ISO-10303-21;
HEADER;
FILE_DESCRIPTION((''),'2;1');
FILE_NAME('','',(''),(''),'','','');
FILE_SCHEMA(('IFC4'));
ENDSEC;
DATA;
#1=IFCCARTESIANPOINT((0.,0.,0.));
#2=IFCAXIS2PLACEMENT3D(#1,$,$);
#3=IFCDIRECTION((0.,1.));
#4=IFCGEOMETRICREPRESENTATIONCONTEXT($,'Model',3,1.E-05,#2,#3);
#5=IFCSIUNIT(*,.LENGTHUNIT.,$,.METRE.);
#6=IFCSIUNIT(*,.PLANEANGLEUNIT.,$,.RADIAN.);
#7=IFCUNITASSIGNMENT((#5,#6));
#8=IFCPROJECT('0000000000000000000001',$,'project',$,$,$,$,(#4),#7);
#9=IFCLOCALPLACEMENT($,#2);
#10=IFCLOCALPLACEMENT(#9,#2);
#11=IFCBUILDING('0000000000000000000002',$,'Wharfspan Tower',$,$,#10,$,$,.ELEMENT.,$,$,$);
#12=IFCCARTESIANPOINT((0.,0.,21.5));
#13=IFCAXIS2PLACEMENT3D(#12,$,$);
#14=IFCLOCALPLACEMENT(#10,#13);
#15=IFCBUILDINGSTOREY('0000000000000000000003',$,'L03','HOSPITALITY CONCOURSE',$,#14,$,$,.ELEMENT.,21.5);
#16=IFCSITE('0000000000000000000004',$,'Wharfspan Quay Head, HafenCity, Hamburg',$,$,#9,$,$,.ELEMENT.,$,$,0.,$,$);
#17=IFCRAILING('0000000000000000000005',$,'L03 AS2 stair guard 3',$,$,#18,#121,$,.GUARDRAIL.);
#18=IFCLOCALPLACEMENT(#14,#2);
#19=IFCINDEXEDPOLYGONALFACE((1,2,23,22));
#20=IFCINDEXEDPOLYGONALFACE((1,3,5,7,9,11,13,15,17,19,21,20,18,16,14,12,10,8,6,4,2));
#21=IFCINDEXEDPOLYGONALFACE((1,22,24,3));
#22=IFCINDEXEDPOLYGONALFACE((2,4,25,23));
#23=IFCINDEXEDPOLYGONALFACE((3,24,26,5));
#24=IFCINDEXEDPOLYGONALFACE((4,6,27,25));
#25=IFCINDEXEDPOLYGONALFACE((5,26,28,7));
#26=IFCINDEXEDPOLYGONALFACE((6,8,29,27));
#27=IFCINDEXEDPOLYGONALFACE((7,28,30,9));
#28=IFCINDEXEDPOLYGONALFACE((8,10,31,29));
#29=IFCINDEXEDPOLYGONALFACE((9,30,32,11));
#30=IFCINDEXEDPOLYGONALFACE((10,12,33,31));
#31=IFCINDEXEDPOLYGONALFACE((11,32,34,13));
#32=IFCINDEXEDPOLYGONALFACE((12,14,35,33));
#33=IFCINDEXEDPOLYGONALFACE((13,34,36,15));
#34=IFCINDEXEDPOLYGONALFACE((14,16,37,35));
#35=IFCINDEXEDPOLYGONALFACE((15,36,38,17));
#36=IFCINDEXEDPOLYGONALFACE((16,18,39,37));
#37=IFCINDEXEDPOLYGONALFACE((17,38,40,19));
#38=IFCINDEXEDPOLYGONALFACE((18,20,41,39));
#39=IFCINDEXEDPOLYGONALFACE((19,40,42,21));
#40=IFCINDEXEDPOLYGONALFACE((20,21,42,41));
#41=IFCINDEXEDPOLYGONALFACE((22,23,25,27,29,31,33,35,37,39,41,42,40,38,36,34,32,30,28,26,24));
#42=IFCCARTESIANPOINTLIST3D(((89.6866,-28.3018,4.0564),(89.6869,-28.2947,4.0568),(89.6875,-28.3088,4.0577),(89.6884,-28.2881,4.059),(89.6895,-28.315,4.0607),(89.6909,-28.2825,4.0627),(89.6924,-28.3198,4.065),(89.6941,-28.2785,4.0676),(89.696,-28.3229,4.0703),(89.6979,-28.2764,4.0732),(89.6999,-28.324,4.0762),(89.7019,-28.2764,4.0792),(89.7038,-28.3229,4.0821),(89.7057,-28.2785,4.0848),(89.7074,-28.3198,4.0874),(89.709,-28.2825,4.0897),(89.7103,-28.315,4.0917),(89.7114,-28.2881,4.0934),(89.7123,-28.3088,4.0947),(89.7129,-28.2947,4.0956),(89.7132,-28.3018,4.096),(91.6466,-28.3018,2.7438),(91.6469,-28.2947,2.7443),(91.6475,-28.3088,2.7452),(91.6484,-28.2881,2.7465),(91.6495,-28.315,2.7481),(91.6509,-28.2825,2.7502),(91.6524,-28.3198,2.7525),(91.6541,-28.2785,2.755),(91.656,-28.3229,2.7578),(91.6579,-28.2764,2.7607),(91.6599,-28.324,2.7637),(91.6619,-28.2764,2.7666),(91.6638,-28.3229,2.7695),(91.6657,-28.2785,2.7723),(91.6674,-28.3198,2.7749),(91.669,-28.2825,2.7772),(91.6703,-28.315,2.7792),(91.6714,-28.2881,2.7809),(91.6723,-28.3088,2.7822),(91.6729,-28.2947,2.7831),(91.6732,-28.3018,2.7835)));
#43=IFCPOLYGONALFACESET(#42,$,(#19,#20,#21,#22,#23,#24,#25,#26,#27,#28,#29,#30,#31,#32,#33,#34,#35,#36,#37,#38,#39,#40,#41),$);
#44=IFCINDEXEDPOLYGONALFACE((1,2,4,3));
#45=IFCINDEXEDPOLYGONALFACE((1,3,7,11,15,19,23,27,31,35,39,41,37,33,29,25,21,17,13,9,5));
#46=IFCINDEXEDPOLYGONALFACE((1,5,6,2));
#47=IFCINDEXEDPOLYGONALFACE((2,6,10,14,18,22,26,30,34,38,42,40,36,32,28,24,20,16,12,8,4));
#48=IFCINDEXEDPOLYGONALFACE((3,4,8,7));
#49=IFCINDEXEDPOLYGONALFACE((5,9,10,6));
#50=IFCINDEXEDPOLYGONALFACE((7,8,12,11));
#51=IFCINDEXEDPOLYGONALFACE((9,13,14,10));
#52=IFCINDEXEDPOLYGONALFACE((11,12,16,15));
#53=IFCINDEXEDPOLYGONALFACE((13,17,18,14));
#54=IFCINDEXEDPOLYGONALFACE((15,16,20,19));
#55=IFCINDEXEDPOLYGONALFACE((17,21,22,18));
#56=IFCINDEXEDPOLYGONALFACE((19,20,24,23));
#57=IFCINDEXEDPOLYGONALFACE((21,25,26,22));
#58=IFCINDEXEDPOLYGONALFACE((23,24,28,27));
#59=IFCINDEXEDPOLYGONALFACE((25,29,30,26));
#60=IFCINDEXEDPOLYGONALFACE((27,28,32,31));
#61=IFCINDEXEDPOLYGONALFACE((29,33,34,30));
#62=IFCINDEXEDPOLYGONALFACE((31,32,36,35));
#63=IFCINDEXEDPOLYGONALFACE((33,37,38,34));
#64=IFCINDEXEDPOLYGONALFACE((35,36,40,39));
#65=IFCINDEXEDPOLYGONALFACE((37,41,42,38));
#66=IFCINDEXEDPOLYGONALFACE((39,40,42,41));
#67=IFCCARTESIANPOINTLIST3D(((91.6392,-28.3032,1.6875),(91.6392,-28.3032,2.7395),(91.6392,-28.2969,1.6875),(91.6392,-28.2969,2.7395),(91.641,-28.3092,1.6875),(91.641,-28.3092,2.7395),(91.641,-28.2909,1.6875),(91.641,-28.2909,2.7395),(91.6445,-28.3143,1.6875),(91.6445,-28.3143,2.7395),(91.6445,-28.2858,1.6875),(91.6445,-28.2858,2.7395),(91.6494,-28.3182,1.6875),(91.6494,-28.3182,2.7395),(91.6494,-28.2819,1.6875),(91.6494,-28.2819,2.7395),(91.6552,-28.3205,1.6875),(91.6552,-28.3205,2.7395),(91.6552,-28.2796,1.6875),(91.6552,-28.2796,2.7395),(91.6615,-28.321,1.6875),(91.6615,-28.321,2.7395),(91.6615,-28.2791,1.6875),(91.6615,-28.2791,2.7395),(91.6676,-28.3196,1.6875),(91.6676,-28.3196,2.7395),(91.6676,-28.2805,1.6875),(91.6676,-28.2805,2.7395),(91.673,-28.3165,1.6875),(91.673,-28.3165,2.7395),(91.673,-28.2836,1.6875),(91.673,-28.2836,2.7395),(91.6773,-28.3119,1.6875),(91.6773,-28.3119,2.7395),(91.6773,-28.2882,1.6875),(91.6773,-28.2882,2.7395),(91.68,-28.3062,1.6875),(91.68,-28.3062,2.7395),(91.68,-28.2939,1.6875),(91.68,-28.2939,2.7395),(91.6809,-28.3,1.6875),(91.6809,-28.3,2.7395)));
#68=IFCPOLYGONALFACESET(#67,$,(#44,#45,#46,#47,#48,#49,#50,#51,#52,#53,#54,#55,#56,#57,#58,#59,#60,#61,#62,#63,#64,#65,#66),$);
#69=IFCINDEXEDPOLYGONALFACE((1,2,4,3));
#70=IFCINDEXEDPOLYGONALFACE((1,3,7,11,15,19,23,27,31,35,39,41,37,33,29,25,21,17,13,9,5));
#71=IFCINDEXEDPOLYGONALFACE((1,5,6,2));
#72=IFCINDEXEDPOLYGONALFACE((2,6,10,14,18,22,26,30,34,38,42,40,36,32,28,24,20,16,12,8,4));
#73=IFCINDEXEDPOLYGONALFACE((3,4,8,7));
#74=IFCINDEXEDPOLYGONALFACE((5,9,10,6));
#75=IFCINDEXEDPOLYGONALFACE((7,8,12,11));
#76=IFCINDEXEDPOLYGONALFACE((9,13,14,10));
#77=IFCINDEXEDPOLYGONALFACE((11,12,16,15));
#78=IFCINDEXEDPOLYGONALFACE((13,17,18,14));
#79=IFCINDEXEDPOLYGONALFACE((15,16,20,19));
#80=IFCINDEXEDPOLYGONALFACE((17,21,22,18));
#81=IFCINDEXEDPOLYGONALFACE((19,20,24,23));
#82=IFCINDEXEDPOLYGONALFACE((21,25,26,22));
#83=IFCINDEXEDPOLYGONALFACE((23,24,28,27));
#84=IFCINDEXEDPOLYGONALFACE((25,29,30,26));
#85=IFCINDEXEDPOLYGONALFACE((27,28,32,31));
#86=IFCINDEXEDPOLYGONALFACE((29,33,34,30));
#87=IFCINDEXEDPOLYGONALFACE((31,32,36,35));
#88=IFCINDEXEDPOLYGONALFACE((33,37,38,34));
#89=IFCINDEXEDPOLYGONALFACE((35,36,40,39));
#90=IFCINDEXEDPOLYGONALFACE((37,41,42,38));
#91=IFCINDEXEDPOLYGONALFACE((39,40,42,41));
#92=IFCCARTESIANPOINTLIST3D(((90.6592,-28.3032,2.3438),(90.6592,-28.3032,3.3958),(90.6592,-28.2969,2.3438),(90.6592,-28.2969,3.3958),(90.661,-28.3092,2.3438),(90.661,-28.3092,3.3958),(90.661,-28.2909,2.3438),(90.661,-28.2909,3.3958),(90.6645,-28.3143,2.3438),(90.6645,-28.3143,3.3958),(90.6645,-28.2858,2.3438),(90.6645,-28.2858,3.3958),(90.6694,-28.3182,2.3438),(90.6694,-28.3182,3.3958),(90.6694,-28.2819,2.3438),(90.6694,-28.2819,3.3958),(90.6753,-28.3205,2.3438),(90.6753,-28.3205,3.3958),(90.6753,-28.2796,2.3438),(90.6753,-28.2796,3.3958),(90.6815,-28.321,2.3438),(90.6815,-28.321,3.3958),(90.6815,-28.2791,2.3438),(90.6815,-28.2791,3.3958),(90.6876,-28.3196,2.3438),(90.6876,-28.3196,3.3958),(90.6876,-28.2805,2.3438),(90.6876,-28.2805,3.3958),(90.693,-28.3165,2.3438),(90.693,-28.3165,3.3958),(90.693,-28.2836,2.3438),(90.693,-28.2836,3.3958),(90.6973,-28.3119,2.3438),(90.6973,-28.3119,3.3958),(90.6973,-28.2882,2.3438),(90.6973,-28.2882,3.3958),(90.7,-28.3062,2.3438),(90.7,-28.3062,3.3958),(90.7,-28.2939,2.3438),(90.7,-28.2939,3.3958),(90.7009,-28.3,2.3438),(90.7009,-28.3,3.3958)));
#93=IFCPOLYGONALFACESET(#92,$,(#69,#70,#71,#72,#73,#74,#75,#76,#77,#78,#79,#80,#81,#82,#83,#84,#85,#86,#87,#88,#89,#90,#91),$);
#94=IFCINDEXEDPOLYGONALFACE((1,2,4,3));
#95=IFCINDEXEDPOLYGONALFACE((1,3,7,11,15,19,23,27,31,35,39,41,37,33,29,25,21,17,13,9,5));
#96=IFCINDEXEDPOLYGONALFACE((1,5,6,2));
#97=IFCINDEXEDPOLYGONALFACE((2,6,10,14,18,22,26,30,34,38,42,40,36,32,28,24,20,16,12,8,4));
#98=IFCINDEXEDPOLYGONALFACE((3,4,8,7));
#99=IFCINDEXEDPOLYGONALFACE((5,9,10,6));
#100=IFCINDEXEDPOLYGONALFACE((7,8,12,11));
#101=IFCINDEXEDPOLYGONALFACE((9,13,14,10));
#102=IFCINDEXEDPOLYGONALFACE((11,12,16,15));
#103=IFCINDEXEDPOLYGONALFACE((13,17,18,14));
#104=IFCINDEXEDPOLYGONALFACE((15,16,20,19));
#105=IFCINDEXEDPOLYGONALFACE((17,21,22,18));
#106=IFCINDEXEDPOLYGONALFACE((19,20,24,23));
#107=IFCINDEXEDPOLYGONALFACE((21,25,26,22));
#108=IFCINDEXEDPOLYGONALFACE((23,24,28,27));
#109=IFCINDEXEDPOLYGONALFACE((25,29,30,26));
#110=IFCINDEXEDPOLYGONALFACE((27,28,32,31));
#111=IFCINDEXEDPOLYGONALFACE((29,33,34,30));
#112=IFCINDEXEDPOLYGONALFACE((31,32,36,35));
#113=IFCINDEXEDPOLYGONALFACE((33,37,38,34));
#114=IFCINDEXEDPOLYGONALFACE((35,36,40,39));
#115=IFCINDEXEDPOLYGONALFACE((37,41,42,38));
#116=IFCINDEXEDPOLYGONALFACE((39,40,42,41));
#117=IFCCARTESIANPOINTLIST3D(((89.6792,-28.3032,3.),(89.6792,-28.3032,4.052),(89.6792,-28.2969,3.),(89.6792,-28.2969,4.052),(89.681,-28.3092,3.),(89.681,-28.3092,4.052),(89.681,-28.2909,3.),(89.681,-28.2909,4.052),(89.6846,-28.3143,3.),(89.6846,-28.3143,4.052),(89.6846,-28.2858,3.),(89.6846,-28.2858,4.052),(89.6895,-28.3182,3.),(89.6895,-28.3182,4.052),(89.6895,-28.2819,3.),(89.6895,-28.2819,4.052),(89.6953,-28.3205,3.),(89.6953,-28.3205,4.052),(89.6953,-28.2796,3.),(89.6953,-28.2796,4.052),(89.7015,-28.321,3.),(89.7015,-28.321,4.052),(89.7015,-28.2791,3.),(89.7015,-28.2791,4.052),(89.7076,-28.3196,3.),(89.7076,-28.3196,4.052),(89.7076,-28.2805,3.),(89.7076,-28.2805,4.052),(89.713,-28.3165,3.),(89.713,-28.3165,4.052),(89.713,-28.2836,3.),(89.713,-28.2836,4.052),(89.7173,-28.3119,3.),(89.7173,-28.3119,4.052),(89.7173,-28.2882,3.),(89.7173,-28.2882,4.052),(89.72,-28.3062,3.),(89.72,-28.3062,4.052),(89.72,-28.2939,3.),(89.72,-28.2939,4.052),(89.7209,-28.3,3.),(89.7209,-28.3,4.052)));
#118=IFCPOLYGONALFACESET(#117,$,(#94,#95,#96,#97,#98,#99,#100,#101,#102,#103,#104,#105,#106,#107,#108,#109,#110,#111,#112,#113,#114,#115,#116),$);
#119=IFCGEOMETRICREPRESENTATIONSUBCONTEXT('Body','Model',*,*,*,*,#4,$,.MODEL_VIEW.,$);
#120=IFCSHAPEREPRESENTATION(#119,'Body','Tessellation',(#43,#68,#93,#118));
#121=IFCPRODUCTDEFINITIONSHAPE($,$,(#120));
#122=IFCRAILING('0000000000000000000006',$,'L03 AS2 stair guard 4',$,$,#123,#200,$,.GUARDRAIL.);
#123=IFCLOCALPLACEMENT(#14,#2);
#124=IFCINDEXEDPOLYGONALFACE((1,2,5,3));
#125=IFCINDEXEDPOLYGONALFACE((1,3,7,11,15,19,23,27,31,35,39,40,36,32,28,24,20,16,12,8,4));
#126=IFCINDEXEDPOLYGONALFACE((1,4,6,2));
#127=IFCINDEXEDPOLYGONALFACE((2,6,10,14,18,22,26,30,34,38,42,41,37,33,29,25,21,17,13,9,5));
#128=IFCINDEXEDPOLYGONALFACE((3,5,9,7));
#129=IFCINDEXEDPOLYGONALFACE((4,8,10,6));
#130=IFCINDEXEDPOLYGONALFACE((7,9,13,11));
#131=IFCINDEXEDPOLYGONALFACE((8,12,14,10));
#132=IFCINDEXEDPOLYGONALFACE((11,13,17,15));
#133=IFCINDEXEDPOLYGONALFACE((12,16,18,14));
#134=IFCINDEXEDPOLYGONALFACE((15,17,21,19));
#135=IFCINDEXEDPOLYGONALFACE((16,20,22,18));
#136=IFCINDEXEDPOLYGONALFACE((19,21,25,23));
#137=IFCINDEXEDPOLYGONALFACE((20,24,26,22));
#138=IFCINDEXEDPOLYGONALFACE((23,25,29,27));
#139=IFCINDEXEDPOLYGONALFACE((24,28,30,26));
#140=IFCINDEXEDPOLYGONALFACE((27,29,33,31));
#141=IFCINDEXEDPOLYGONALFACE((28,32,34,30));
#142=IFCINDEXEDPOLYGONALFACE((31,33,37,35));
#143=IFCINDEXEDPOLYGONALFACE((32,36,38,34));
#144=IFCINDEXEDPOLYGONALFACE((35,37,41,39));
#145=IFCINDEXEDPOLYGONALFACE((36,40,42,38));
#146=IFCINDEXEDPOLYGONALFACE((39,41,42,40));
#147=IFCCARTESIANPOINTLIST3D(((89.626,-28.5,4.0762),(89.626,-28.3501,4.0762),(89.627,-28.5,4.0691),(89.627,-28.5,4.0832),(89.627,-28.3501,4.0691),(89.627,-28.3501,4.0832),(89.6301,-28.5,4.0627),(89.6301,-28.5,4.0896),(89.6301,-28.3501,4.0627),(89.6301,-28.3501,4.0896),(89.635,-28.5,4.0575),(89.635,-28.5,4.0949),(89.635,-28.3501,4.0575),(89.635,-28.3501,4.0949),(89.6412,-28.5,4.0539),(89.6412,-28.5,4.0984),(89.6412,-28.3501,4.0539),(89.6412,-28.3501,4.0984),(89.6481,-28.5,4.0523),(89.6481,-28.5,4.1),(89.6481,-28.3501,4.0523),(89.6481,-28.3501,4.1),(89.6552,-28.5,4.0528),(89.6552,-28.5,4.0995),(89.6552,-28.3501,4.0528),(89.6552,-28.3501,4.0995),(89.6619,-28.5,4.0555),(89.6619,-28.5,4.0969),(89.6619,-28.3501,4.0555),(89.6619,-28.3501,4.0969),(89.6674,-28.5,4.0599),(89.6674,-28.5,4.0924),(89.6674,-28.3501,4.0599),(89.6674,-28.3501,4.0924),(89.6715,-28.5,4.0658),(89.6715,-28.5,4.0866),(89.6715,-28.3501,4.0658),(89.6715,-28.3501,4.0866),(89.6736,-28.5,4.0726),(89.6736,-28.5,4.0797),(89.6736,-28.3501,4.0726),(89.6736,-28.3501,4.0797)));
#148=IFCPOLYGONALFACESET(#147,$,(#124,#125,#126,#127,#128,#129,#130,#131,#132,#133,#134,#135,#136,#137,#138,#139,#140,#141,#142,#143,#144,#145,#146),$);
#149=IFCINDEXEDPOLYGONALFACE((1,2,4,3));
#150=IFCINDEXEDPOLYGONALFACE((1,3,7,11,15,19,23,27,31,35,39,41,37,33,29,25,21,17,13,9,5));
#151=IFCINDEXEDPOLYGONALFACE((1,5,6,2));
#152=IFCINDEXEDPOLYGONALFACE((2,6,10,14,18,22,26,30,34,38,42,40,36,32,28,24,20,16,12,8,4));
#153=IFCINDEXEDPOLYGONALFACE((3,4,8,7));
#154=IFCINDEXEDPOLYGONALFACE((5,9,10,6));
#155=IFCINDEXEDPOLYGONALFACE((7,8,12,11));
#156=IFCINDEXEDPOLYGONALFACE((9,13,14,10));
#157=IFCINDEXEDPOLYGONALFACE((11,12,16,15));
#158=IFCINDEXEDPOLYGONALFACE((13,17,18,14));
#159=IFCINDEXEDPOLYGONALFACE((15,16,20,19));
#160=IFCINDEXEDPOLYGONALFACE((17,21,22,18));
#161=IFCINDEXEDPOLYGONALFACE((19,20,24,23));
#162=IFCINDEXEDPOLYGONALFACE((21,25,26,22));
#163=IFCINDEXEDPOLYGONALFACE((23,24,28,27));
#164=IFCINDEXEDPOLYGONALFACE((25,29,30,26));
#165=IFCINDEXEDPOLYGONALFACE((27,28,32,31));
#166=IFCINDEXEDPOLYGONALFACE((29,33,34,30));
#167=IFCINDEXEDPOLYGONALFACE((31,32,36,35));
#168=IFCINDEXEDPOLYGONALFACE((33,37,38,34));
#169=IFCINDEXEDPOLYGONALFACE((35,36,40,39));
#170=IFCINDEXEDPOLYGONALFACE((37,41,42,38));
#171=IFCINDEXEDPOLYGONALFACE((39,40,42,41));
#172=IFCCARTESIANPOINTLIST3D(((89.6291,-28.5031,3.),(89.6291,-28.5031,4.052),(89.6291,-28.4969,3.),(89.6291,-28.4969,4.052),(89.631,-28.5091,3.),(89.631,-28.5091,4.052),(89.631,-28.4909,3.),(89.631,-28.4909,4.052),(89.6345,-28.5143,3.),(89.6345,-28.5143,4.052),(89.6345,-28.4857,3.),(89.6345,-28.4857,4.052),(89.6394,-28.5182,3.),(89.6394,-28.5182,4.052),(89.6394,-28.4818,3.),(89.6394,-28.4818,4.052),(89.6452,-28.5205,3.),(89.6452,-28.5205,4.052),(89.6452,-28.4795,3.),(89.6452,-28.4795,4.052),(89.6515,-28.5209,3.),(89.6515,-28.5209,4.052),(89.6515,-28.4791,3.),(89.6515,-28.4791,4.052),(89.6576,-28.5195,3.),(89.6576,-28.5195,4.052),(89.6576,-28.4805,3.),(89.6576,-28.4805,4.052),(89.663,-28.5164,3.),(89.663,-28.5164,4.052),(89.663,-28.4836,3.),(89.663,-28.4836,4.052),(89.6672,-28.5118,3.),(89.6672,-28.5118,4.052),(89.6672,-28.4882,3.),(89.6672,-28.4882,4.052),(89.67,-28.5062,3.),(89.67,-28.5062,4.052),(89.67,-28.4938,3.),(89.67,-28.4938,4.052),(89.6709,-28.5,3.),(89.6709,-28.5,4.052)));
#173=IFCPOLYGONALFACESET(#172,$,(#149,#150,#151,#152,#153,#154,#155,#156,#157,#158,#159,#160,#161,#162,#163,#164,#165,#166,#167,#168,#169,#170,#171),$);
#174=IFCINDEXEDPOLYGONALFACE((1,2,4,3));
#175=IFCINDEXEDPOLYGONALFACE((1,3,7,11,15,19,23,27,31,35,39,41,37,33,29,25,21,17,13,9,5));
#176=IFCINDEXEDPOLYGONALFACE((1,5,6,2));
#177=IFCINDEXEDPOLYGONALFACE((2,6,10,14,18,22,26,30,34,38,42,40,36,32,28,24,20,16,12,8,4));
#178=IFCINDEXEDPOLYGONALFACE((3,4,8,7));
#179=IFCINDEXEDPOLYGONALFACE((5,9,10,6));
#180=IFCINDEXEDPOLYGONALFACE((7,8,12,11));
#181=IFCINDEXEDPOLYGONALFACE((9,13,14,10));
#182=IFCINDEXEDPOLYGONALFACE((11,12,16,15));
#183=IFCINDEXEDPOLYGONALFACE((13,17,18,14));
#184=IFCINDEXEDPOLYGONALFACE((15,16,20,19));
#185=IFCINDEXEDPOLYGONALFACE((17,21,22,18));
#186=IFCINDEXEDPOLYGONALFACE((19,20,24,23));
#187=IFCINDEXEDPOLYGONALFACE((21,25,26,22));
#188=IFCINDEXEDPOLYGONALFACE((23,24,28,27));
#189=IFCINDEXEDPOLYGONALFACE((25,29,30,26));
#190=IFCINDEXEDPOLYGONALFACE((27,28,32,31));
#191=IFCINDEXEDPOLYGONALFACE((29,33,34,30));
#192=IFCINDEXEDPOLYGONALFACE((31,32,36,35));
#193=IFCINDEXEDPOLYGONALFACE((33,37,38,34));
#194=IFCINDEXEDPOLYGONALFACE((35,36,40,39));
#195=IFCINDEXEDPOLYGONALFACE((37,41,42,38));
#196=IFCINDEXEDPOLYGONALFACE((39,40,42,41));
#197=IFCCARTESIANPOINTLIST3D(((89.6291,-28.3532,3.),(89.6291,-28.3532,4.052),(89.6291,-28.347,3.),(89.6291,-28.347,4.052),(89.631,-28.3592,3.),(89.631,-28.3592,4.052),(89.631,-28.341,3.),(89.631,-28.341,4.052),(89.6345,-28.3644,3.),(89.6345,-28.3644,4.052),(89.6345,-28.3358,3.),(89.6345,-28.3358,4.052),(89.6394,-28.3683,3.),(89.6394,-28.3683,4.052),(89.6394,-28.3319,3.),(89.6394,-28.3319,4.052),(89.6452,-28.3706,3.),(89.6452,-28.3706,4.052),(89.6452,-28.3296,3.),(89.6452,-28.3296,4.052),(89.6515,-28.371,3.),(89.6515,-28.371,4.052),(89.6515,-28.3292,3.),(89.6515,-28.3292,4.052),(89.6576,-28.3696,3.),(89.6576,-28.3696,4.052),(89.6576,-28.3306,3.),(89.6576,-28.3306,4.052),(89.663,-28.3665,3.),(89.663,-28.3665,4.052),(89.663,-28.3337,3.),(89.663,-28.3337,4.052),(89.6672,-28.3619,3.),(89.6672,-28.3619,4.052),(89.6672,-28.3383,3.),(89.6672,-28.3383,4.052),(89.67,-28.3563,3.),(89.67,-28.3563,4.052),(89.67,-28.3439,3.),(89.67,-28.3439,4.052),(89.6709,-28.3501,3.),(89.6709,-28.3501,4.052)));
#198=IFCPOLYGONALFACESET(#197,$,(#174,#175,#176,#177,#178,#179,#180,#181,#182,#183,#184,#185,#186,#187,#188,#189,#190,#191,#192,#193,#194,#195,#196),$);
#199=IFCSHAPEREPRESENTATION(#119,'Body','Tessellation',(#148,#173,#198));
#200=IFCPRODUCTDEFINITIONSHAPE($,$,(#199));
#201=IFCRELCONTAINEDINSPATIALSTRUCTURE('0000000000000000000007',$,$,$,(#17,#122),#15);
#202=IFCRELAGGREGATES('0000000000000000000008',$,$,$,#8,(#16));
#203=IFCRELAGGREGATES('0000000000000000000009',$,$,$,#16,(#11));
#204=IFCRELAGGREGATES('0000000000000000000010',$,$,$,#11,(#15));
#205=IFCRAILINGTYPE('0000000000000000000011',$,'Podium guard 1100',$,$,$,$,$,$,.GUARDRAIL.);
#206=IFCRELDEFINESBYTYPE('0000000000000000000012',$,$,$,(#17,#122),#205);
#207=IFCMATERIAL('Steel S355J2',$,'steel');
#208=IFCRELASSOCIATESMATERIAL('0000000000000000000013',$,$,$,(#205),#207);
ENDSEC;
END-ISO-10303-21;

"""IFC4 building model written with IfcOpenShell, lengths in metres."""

from ifc_helpers import new_model, si_unit, direction, frame, origin, origin_2d, place, context, subcontext, project, spatial, circle, extrude, material, type_object, element, save


model = new_model("IFC4")

# Units and contexts
model_context = context("Model", 3, precision=1e-05, world=origin(), true_north=direction((0.0, 1.0)))
body_context = subcontext(model_context, "Body", "Model", "MODEL_VIEW")
ifc_project = project(units=[si_unit("LENGTHUNIT", "METRE"), si_unit("PLANEANGLEUNIT", "RADIAN")], contexts=[model_context])

# Site, building, storey
site_placement = place(None, origin())
site = spatial("IfcSite", under=ifc_project, at=site_placement, Name="Wharfspan Quay Head, HafenCity, Hamburg", CompositionType="ELEMENT", RefElevation=0.0)
building_placement = place(site_placement, origin())
building = spatial("IfcBuilding", under=site, at=building_placement, Name="Wharfspan Tower", CompositionType="ELEMENT")
storey_placement = place(building_placement, frame((0.0, 0.0, 21.5)))
storey = spatial("IfcBuildingStorey", under=building, at=storey_placement, Name="L03", Description="HOSPITALITY CONCOURSE", CompositionType="ELEMENT", Elevation=21.5)

# Railings
ifc_material_1 = material(Name="Steel S355J2", Category="steel")
railing_type_1 = type_object("IfcRailingType", Name="Podium guard 1100", PredefinedType="GUARDRAIL", material=ifc_material_1)
railing_1_placement = place(storey_placement, frame((91.6599, -28.3, 1.6875)))
element("IfcRailing", 1, at=railing_1_placement, inside=storey, type_object=railing_type_1, Name="L03 AS2 stair guard 3", PredefinedType="GUARDRAIL", context=body_context, shape_type="SweptSolid", body=[
    extrude(circle(Radius=0.0239, at=origin_2d()), frame((0.0, 0.0, 1.0762), z_axis=(-0.830902, 0.0, 0.556419), x_axis=(0.0, -1.0, 0.0)), (0.0, 0.0, 1.0), 2.3589),
    extrude(circle(Radius=0.021, at=origin_2d()), origin(), (0.0, 0.0, 1.0), 1.052),
    extrude(circle(Radius=0.021, at=origin_2d()), frame((-0.98, 0.0, 0.6562)), (0.0, 0.0, 1.0), 1.052),
    extrude(circle(Radius=0.021, at=origin_2d()), frame((-1.96, 0.0, 1.3125)), (0.0, 0.0, 1.0), 1.052),
])
railing_2_placement = place(storey_placement, frame((89.6499, -28.5, 3.0)))
element("IfcRailing", 2, at=railing_2_placement, inside=storey, type_object=railing_type_1, Name="L03 AS2 stair guard 4", PredefinedType="GUARDRAIL", context=body_context, shape_type="SweptSolid", body=[
    extrude(circle(Radius=0.0239, at=origin_2d()), frame((0.0, 0.0, 1.0762), z_axis=(0.0, 1.0, 0.0), x_axis=(-1.0, 0.0, 0.0)), (0.0, 0.0, 1.0), 0.1499),
    extrude(circle(Radius=0.021, at=origin_2d()), origin(), (0.0, 0.0, 1.0), 1.052),
    extrude(circle(Radius=0.021, at=origin_2d()), frame((0.0, 0.1499, 0.0)), (0.0, 0.0, 1.0), 1.052),
])

save(model, "model.ifc")
